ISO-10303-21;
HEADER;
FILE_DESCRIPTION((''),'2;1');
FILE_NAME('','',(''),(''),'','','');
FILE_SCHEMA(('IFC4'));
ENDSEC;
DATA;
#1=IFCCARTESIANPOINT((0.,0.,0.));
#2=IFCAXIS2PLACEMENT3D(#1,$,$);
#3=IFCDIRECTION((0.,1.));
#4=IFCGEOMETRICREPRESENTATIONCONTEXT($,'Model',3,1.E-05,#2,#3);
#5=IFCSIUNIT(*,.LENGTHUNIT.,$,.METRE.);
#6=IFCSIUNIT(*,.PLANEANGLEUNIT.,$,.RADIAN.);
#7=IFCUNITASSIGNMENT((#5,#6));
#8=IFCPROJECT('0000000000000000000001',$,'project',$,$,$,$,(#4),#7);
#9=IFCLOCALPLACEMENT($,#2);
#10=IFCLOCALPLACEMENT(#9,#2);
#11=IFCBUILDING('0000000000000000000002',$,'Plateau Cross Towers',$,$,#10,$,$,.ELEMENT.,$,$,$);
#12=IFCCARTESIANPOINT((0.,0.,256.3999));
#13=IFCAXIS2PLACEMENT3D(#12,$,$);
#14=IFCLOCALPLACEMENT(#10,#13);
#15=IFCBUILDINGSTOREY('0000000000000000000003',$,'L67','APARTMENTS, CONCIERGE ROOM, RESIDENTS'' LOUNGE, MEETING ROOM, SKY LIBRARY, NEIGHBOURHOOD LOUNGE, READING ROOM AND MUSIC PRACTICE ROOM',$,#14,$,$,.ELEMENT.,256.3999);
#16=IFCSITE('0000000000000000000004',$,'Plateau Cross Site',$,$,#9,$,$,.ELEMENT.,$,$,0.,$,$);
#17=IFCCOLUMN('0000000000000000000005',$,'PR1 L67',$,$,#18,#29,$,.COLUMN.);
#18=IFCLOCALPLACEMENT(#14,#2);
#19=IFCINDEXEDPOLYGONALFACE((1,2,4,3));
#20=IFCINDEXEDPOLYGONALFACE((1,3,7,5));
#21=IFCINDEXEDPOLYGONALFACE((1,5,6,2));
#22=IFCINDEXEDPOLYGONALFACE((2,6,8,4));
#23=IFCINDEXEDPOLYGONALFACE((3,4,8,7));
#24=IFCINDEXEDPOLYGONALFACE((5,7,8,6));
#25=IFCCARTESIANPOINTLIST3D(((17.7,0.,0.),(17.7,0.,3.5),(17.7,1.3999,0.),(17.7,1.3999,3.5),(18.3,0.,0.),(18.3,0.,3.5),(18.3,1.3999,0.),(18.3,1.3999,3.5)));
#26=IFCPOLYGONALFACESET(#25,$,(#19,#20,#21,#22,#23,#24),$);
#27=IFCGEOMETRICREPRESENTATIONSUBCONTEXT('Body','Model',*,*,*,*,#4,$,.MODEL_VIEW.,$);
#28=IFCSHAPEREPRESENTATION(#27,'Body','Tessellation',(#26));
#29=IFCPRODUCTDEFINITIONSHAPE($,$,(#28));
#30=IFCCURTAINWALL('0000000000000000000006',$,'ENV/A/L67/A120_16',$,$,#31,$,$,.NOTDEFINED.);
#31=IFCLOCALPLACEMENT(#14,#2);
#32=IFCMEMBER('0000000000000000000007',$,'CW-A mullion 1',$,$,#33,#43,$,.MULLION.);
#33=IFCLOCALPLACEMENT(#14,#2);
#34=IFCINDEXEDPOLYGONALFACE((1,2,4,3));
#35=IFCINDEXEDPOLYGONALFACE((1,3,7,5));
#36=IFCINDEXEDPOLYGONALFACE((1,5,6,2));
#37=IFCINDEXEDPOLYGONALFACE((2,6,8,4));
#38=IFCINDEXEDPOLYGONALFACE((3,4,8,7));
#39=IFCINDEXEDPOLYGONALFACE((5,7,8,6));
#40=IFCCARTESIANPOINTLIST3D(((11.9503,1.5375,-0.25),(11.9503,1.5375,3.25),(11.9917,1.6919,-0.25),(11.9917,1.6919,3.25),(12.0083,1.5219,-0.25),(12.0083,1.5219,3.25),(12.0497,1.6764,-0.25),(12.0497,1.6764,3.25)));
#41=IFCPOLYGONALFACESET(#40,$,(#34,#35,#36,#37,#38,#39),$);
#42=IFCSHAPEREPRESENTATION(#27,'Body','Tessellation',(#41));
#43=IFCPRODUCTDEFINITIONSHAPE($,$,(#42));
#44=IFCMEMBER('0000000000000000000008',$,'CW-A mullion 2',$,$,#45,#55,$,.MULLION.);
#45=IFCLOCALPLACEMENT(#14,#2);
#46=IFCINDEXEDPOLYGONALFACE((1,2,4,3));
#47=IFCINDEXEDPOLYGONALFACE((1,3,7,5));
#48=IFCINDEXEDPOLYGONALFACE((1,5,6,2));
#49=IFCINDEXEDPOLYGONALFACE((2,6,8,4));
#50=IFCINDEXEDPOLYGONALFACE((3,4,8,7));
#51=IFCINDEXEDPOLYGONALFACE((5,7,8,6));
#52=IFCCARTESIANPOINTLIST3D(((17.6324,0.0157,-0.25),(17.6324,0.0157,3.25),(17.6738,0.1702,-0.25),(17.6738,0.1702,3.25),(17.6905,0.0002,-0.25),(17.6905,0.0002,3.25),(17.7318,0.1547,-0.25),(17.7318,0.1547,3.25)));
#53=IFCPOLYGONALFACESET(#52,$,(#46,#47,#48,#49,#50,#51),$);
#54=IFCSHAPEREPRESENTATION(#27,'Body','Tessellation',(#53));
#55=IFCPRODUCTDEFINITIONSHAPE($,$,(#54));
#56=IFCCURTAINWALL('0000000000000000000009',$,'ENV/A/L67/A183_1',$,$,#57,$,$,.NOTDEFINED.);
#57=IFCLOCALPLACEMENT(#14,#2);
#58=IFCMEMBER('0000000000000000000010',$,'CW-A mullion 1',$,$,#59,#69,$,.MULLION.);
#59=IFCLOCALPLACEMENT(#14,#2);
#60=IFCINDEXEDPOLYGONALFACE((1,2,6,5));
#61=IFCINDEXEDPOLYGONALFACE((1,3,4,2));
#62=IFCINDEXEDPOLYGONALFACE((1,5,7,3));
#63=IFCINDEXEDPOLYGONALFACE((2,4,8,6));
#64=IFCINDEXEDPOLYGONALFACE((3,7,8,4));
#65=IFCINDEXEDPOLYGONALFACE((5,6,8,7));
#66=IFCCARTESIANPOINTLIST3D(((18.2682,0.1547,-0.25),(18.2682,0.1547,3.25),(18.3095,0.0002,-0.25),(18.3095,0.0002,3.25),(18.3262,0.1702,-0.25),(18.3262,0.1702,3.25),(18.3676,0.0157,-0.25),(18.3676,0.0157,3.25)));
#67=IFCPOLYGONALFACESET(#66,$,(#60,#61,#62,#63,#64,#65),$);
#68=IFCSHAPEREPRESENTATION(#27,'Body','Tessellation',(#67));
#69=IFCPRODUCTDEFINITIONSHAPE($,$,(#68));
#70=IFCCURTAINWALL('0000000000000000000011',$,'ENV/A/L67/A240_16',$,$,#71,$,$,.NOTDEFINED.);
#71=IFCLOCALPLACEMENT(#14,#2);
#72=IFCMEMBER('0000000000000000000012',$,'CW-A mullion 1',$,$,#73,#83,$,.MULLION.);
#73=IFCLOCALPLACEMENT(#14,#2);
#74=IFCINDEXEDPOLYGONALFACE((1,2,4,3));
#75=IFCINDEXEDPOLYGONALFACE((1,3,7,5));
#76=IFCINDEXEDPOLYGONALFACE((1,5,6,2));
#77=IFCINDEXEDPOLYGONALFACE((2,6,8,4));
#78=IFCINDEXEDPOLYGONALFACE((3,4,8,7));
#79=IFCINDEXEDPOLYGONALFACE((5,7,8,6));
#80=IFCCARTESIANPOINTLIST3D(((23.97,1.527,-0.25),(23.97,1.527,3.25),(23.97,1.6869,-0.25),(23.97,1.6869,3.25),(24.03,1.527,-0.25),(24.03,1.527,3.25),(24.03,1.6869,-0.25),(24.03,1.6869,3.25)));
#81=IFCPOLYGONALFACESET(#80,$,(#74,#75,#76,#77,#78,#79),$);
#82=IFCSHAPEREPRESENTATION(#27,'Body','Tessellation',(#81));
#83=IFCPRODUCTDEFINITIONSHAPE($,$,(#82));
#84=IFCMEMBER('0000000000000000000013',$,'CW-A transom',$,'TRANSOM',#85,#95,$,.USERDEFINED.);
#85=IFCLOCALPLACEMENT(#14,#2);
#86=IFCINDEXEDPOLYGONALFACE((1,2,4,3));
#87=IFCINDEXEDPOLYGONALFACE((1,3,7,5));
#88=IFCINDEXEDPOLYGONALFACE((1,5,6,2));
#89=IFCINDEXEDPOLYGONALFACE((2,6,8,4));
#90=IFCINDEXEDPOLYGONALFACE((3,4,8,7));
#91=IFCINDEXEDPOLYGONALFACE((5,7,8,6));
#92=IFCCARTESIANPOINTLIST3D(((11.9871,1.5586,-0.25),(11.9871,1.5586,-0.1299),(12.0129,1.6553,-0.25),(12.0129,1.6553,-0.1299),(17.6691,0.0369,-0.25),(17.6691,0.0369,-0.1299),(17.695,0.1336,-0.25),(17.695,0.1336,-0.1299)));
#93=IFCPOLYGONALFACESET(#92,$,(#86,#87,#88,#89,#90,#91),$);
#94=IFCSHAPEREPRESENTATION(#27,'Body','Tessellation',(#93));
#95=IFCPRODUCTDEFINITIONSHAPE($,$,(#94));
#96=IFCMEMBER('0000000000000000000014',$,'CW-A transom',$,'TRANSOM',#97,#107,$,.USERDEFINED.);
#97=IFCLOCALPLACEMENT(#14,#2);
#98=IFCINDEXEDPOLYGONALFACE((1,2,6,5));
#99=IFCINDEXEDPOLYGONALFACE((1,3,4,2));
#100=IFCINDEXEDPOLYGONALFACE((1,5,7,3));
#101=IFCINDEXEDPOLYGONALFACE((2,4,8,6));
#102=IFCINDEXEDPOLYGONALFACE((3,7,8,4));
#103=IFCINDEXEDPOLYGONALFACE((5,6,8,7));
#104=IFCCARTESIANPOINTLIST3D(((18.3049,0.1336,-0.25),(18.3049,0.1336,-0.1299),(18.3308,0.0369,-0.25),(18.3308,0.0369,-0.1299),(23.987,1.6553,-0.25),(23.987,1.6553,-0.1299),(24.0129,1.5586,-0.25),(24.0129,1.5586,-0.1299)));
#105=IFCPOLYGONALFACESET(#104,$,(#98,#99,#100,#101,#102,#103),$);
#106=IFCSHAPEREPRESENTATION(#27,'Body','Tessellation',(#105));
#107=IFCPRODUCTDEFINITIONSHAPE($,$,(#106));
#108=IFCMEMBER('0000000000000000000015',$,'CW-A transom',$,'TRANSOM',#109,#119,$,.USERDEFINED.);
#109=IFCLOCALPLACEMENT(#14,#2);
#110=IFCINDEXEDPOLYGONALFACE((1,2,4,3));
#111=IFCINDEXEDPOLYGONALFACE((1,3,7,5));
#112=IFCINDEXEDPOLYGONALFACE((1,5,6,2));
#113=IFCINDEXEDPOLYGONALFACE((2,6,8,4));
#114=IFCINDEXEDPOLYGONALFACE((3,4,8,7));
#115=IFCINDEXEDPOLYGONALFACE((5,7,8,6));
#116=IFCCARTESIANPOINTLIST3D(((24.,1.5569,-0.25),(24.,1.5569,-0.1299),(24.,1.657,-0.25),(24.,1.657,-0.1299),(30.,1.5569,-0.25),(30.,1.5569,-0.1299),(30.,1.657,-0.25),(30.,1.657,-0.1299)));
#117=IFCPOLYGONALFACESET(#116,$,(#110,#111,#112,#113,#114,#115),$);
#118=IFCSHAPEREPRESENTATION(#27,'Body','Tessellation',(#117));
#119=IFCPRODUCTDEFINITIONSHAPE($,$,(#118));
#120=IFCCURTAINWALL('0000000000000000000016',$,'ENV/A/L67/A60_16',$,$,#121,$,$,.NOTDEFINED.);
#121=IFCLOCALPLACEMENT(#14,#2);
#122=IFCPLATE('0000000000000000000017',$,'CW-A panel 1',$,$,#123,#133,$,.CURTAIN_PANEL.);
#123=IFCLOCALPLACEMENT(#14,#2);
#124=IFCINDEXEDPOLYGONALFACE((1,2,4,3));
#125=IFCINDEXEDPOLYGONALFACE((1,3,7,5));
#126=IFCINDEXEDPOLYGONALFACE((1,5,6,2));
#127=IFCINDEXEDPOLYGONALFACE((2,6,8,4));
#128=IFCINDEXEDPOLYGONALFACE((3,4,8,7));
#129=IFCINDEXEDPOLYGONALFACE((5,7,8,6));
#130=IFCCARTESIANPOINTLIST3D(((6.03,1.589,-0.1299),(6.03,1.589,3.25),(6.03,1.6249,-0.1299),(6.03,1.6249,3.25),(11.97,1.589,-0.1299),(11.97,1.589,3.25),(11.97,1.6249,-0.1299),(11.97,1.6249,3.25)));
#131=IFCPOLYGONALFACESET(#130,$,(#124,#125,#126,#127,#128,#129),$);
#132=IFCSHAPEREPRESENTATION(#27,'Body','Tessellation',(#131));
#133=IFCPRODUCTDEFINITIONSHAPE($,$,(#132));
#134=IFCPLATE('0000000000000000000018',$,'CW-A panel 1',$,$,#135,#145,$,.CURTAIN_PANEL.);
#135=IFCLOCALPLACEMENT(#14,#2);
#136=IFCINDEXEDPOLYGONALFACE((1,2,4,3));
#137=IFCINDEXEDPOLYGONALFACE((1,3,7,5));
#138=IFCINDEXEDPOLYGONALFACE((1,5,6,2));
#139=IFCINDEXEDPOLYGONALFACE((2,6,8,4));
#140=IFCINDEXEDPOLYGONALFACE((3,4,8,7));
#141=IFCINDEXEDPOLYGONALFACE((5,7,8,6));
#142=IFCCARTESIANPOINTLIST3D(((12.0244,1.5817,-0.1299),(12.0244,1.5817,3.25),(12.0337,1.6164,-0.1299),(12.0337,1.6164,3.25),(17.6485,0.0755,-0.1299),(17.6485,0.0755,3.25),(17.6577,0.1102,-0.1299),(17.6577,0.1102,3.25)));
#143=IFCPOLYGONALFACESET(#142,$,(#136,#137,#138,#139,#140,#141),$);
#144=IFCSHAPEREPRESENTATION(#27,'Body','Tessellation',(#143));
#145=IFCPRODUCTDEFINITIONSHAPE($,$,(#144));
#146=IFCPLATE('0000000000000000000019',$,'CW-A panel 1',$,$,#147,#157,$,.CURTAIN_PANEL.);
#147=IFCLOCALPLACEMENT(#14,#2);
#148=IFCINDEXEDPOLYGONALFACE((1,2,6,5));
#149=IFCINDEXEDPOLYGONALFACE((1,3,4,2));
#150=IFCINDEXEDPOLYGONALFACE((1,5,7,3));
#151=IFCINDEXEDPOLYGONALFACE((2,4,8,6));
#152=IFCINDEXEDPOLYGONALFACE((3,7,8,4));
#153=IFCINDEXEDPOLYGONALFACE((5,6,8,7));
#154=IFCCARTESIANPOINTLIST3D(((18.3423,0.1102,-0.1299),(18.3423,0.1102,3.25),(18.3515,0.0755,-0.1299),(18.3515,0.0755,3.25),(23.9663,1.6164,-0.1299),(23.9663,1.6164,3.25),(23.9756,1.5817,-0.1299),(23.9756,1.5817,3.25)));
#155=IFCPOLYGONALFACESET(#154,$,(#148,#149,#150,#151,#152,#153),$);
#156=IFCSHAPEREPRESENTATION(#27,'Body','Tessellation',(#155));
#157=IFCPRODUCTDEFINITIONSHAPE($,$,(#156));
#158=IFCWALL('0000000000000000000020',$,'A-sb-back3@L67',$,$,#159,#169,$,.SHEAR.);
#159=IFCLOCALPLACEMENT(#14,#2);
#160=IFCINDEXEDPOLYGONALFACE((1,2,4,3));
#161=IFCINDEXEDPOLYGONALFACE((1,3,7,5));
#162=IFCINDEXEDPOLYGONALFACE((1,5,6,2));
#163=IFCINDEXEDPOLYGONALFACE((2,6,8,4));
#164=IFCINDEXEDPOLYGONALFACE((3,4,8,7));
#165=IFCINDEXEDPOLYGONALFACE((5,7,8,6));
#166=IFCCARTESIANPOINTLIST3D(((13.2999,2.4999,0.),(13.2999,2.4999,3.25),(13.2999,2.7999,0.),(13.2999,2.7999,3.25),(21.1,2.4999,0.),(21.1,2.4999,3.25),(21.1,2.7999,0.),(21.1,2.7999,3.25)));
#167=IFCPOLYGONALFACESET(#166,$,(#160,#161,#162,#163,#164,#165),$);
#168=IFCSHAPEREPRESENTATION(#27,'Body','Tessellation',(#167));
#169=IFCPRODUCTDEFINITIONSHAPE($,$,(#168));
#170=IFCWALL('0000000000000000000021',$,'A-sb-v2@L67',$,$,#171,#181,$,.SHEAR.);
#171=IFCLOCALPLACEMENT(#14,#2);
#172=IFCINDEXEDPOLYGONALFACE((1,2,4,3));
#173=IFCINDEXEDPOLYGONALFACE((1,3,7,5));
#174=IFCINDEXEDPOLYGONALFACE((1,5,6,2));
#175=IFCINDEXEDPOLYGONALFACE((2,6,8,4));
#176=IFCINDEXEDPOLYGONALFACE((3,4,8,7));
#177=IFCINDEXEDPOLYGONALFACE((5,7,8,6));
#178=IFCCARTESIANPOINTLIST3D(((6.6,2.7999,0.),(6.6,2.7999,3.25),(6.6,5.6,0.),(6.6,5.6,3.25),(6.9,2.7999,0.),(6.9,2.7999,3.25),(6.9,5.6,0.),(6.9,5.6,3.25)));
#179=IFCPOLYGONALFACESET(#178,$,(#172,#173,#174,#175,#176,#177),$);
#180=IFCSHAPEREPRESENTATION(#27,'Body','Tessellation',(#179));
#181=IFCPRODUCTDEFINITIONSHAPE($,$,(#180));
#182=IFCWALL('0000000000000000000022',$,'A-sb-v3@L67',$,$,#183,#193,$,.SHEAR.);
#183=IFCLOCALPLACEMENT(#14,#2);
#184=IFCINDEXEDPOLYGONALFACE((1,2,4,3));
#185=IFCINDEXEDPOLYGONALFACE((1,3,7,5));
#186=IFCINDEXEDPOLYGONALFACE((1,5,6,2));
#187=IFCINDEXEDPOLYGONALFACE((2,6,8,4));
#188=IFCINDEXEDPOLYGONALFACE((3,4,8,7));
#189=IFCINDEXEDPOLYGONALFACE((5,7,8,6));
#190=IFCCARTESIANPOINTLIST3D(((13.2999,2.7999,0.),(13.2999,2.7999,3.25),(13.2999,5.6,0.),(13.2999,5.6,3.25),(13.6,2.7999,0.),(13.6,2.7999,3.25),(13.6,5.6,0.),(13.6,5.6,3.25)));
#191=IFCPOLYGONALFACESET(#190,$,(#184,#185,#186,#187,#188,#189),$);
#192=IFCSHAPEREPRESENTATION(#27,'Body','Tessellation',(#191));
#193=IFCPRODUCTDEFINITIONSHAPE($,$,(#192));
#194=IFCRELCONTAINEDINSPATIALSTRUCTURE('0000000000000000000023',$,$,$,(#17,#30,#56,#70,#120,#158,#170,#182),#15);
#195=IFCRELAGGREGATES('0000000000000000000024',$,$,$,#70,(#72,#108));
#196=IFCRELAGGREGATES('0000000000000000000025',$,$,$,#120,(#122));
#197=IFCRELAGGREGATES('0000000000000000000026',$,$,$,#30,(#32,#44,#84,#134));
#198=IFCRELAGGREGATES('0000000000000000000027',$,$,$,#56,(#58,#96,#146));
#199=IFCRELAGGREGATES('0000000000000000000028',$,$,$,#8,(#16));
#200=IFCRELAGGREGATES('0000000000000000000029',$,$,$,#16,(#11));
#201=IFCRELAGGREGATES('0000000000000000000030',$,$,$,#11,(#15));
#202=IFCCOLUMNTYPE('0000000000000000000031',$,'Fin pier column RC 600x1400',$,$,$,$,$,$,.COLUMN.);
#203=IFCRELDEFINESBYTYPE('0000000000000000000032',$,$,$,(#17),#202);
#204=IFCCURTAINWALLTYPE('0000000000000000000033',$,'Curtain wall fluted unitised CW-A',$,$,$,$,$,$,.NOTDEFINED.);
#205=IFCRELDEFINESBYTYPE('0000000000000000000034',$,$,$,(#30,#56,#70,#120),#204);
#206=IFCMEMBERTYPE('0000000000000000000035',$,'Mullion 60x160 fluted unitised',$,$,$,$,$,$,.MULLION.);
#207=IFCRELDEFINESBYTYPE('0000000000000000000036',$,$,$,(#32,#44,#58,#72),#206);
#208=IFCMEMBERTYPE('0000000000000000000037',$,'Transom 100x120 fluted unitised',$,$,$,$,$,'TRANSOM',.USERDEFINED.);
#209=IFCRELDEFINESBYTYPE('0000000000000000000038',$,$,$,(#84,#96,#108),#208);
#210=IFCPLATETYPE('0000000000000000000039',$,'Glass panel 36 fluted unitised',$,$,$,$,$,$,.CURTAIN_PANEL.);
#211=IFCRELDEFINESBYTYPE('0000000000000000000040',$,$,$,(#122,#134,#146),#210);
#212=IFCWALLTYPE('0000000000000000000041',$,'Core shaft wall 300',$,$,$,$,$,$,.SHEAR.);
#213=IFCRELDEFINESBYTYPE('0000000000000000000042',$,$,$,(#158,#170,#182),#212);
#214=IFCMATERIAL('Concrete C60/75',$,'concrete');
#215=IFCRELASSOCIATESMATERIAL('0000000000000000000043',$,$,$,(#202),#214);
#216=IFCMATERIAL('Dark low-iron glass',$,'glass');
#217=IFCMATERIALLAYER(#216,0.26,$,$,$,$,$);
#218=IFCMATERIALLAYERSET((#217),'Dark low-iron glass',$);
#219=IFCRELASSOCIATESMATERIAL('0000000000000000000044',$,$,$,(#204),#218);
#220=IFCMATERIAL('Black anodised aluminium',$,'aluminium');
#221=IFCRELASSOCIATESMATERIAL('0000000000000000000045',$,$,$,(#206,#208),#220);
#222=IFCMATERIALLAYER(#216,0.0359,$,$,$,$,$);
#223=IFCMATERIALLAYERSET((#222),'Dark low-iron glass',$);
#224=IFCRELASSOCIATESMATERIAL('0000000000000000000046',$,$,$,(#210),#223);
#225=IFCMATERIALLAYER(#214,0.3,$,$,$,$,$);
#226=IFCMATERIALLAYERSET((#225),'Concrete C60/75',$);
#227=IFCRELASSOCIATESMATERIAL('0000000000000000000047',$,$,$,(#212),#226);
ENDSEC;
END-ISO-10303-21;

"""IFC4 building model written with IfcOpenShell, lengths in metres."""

from ifc_helpers import new_model, si_unit, direction, frame, frame_2d, origin, origin_2d, place, context, subcontext, project, spatial, rectangle, extrude, material, layer, layer_set, material_profile, profile_set, type_object, element, aggregate, save


model = new_model("IFC4")

# Units and contexts
model_context = context("Model", 3, precision=1e-05, world=origin(), true_north=direction((0.0, 1.0)))
body_context = subcontext(model_context, "Body", "Model", "MODEL_VIEW")
ifc_project = project(units=[si_unit("LENGTHUNIT", "METRE"), si_unit("PLANEANGLEUNIT", "RADIAN")], contexts=[model_context])

# Site, building, storey
site_placement = place(None, origin())
site = spatial("IfcSite", under=ifc_project, at=site_placement, Name="Plateau Cross Site", CompositionType="ELEMENT", RefElevation=0.0)
building_placement = place(site_placement, origin())
building = spatial("IfcBuilding", under=site, at=building_placement, Name="Plateau Cross Towers", CompositionType="ELEMENT")
storey_placement = place(building_placement, frame((0.0, 0.0, 256.3999)))
storey = spatial("IfcBuildingStorey", under=building, at=storey_placement, Name="L67", Description="APARTMENTS, CONCIERGE ROOM, RESIDENTS' LOUNGE, MEETING ROOM, SKY LIBRARY, NEIGHBOURHOOD LOUNGE, READING ROOM AND MUSIC PRACTICE ROOM", CompositionType="ELEMENT", Elevation=256.3999)

# Column
ifc_material_1 = material(Name="Concrete C60/75", Category="concrete")
ifc_material_profile_1 = material_profile(ifc_material_1, rectangle(XDim=0.6001, YDim=1.3999, at=origin_2d()), Name="RC 600x1400")
ifc_profile_set_1 = profile_set([ifc_material_profile_1], Name="Concrete C60/75")
column_type = type_object("IfcColumnType", Name="Fin pier column RC 600x1400", PredefinedType="COLUMN", material=ifc_profile_set_1)
column_placement = place(storey_placement, frame((18.0, 0.7, 0.0), z_axis=(0.0, 0.0, 1.0), x_axis=(1.0, 0.0, 0.0)))
element("IfcColumn", 1, at=column_placement, inside=storey, type_object=column_type, Name="PR1 L67", PredefinedType="COLUMN", context=body_context, shape_type="SweptSolid", body=[
    extrude(rectangle(XDim=0.6001, YDim=1.3999, at=origin_2d()), origin(), (0.0, 0.0, 1.0), 3.5),
])

# Curtain wall, members
ifc_material_2 = material(Name="Dark low-iron glass", Category="glass")
ifc_layer_1 = layer(ifc_material_2, 0.26)
ifc_layer_set_1 = layer_set([ifc_layer_1], Name="Dark low-iron glass")
curtain_wall_type = type_object("IfcCurtainWallType", Name="Curtain wall fluted unitised CW-A", PredefinedType="NOTDEFINED", material=ifc_layer_set_1)
curtain_wall_1_placement = place(storey_placement, origin())
curtain_wall_1 = element("IfcCurtainWall", 2, at=curtain_wall_1_placement, inside=storey, type_object=curtain_wall_type, Name="ENV/A/L67/A120_16", PredefinedType="NOTDEFINED")
ifc_material_3 = material(Name="Black anodised aluminium", Category="aluminium")
ifc_material_profile_2 = material_profile(ifc_material_3, rectangle(XDim=0.0601, YDim=0.1599, at=origin_2d()), Name="MULLION 60x160")
ifc_profile_set_2 = profile_set([ifc_material_profile_2], Name="Black anodised aluminium")
member_type_1 = type_object("IfcMemberType", Name="Mullion 60x160 fluted unitised", PredefinedType="MULLION", material=ifc_profile_set_2)
member_1_placement = place(storey_placement, frame((12.0, 1.6069, -0.25), z_axis=(0.0, 0.0, 1.0), x_axis=(0.965958, -0.258699, 0.0)))
member_1 = element("IfcMember", 3, at=member_1_placement, type_object=member_type_1, Name="CW-A mullion 1", PredefinedType="MULLION", context=body_context, shape_type="SweptSolid", body=[
    extrude(rectangle(XDim=0.0601, YDim=0.1599, at=origin_2d()), origin(), (0.0, 0.0, 1.0), 3.5),
])
member_2_placement = place(storey_placement, frame((17.6821, 0.0852, -0.25), z_axis=(0.0, 0.0, 1.0), x_axis=(0.965958, -0.258699, 0.0)))
member_2 = element("IfcMember", 4, at=member_2_placement, type_object=member_type_1, Name="CW-A mullion 2", PredefinedType="MULLION", context=body_context, shape_type="SweptSolid", body=[
    extrude(rectangle(XDim=0.0601, YDim=0.1599, at=origin_2d()), origin(), (0.0, 0.0, 1.0), 3.5),
])

# Curtain walls, members
curtain_wall_2_placement = place(storey_placement, origin())
curtain_wall_2 = element("IfcCurtainWall", 5, at=curtain_wall_2_placement, inside=storey, type_object=curtain_wall_type, Name="ENV/A/L67/A183_1", PredefinedType="NOTDEFINED")
member_3_placement = place(storey_placement, frame((18.3179, 0.0852, -0.25), z_axis=(0.0, 0.0, 1.0), x_axis=(0.965958, 0.258699, 0.0)))
member_3 = element("IfcMember", 6, at=member_3_placement, type_object=member_type_1, Name="CW-A mullion 1", PredefinedType="MULLION", context=body_context, shape_type="SweptSolid", body=[
    extrude(rectangle(XDim=0.0601, YDim=0.1599, at=origin_2d()), origin(), (0.0, 0.0, 1.0), 3.5),
])
curtain_wall_3_placement = place(storey_placement, origin())
curtain_wall_3 = element("IfcCurtainWall", 7, at=curtain_wall_3_placement, inside=storey, type_object=curtain_wall_type, Name="ENV/A/L67/A240_16", PredefinedType="NOTDEFINED")
member_4_placement = place(storey_placement, frame((24.0, 1.6069, -0.25), z_axis=(0.0, 0.0, 1.0), x_axis=(1.0, 0.0, 0.0)))
member_4 = element("IfcMember", 8, at=member_4_placement, type_object=member_type_1, Name="CW-A mullion 1", PredefinedType="MULLION", context=body_context, shape_type="SweptSolid", body=[
    extrude(rectangle(XDim=0.0601, YDim=0.1599, at=origin_2d()), origin(), (0.0, 0.0, 1.0), 3.5),
])

# Members
ifc_material_profile_3 = material_profile(ifc_material_3, rectangle(XDim=0.1001, YDim=0.1201, at=origin_2d()), Name="TRANSOM 100x120")
ifc_profile_set_3 = profile_set([ifc_material_profile_3], Name="Black anodised aluminium")
member_type_2 = type_object("IfcMemberType", Name="Transom 100x120 fluted unitised", ElementType="TRANSOM", PredefinedType="USERDEFINED", material=ifc_profile_set_3)
member_5_placement = place(storey_placement, frame((12.0, 1.6069, -0.1899), z_axis=(0.96596, -0.258693, 0.0), x_axis=(0.258693, 0.96596, 0.0)))
member_5 = element("IfcMember", 9, at=member_5_placement, type_object=member_type_2, Name="CW-A transom", ObjectType="TRANSOM", PredefinedType="USERDEFINED", context=body_context, shape_type="SweptSolid", body=[
    extrude(rectangle(XDim=0.1001, YDim=0.1201, at=origin_2d()), origin(), (0.0, 0.0, 1.0), 5.8823),
])
member_6_placement = place(storey_placement, frame((18.3179, 0.0852, -0.1899), z_axis=(0.96596, 0.258693, 0.0), x_axis=(-0.258693, 0.96596, 0.0)))
member_6 = element("IfcMember", 10, at=member_6_placement, type_object=member_type_2, Name="CW-A transom", ObjectType="TRANSOM", PredefinedType="USERDEFINED", context=body_context, shape_type="SweptSolid", body=[
    extrude(rectangle(XDim=0.1001, YDim=0.1201, at=origin_2d()), origin(), (0.0, 0.0, 1.0), 5.8823),
])
member_7_placement = place(storey_placement, frame((24.0, 1.6069, -0.1899), z_axis=(1.0, 0.0, 0.0), x_axis=(0.0, 1.0, 0.0)))
member_7 = element("IfcMember", 11, at=member_7_placement, type_object=member_type_2, Name="CW-A transom", ObjectType="TRANSOM", PredefinedType="USERDEFINED", context=body_context, shape_type="SweptSolid", body=[
    extrude(rectangle(XDim=0.1001, YDim=0.1201, at=origin_2d()), origin(), (0.0, 0.0, 1.0), 6.0),
])
aggregate(curtain_wall_3, [member_4, member_7])

# Curtain wall, plate
curtain_wall_4_placement = place(storey_placement, origin())
curtain_wall_4 = element("IfcCurtainWall", 12, at=curtain_wall_4_placement, inside=storey, type_object=curtain_wall_type, Name="ENV/A/L67/A60_16", PredefinedType="NOTDEFINED")
ifc_layer_2 = layer(ifc_material_2, 0.0359)
ifc_layer_set_2 = layer_set([ifc_layer_2], Name="Dark low-iron glass")
plate_type = type_object("IfcPlateType", Name="Glass panel 36 fluted unitised", PredefinedType="CURTAIN_PANEL", material=ifc_layer_set_2)
plate_1_placement = place(storey_placement, frame((9.0, 1.6069, -0.1299), z_axis=(0.0, 0.0, 1.0), x_axis=(1.0, 0.0, 0.0)))
plate_1 = element("IfcPlate", 13, at=plate_1_placement, type_object=plate_type, Name="CW-A panel 1", PredefinedType="CURTAIN_PANEL", context=body_context, shape_type="SweptSolid", body=[
    extrude(rectangle(XDim=5.9399, YDim=0.0359, at=origin_2d()), origin(), (0.0, 0.0, 1.0), 3.3799),
])
aggregate(curtain_wall_4, [plate_1])

# Plates
plate_2_placement = place(storey_placement, frame((14.8411, 0.8459, -0.1299), z_axis=(0.0, 0.0, 1.0), x_axis=(0.965958, -0.258699, 0.0)))
plate_2 = element("IfcPlate", 14, at=plate_2_placement, type_object=plate_type, Name="CW-A panel 1", PredefinedType="CURTAIN_PANEL", context=body_context, shape_type="SweptSolid", body=[
    extrude(rectangle(XDim=5.8223, YDim=0.0359, at=origin_2d()), origin(), (0.0, 0.0, 1.0), 3.3799),
])
aggregate(curtain_wall_1, [member_1, member_2, member_5, plate_2])
plate_3_placement = place(storey_placement, frame((21.1589, 0.8459, -0.1299), z_axis=(0.0, 0.0, 1.0), x_axis=(0.965958, 0.258699, 0.0)))
plate_3 = element("IfcPlate", 15, at=plate_3_placement, type_object=plate_type, Name="CW-A panel 1", PredefinedType="CURTAIN_PANEL", context=body_context, shape_type="SweptSolid", body=[
    extrude(rectangle(XDim=5.8223, YDim=0.0359, at=origin_2d()), origin(), (0.0, 0.0, 1.0), 3.3799),
])
aggregate(curtain_wall_2, [member_3, member_6, plate_3])

# Walls
ifc_layer_3 = layer(ifc_material_1, 0.3)
ifc_layer_set_3 = layer_set([ifc_layer_3], Name="Concrete C60/75")
wall_type_1 = type_object("IfcWallType", Name="Core shaft wall 300", PredefinedType="SHEAR", material=ifc_layer_set_3)
wall_1_placement = place(storey_placement, frame((13.3, 2.6499, 0.0), z_axis=(0.0, 0.0, 1.0), x_axis=(1.0, 0.0, 0.0)))
element("IfcWall", 16, at=wall_1_placement, inside=storey, type_object=wall_type_1, Name="A-sb-back3@L67", PredefinedType="SHEAR", context=body_context, shape_type="SweptSolid", body=[
    extrude(rectangle(XDim=7.8, YDim=0.3, at=frame_2d((3.8999, 0.0))), origin(), (0.0, 0.0, 1.0), 3.25),
])
for number, where, z_axis, x_axis, name in (
    (17, (6.75, 2.8, 0.0), (0.0, 0.0, 1.0), (0.0, 1.0, 0.0), "A-sb-v2@L67"),
    (18, (13.45, 2.8, 0.0), (0.0, 0.0, 1.0), (0.0, 1.0, 0.0), "A-sb-v3@L67"),
):
    element("IfcWall", number, at=place(storey_placement, frame(where, z_axis=z_axis, x_axis=x_axis)), inside=storey, type_object=wall_type_1, Name=name, PredefinedType="SHEAR", context=body_context, shape_type="SweptSolid", body=[
        extrude(rectangle(XDim=2.8, YDim=0.3, at=frame_2d((1.3999, 0.0))), origin(), (0.0, 0.0, 1.0), 3.25),
    ])

save(model, "model.ifc")
